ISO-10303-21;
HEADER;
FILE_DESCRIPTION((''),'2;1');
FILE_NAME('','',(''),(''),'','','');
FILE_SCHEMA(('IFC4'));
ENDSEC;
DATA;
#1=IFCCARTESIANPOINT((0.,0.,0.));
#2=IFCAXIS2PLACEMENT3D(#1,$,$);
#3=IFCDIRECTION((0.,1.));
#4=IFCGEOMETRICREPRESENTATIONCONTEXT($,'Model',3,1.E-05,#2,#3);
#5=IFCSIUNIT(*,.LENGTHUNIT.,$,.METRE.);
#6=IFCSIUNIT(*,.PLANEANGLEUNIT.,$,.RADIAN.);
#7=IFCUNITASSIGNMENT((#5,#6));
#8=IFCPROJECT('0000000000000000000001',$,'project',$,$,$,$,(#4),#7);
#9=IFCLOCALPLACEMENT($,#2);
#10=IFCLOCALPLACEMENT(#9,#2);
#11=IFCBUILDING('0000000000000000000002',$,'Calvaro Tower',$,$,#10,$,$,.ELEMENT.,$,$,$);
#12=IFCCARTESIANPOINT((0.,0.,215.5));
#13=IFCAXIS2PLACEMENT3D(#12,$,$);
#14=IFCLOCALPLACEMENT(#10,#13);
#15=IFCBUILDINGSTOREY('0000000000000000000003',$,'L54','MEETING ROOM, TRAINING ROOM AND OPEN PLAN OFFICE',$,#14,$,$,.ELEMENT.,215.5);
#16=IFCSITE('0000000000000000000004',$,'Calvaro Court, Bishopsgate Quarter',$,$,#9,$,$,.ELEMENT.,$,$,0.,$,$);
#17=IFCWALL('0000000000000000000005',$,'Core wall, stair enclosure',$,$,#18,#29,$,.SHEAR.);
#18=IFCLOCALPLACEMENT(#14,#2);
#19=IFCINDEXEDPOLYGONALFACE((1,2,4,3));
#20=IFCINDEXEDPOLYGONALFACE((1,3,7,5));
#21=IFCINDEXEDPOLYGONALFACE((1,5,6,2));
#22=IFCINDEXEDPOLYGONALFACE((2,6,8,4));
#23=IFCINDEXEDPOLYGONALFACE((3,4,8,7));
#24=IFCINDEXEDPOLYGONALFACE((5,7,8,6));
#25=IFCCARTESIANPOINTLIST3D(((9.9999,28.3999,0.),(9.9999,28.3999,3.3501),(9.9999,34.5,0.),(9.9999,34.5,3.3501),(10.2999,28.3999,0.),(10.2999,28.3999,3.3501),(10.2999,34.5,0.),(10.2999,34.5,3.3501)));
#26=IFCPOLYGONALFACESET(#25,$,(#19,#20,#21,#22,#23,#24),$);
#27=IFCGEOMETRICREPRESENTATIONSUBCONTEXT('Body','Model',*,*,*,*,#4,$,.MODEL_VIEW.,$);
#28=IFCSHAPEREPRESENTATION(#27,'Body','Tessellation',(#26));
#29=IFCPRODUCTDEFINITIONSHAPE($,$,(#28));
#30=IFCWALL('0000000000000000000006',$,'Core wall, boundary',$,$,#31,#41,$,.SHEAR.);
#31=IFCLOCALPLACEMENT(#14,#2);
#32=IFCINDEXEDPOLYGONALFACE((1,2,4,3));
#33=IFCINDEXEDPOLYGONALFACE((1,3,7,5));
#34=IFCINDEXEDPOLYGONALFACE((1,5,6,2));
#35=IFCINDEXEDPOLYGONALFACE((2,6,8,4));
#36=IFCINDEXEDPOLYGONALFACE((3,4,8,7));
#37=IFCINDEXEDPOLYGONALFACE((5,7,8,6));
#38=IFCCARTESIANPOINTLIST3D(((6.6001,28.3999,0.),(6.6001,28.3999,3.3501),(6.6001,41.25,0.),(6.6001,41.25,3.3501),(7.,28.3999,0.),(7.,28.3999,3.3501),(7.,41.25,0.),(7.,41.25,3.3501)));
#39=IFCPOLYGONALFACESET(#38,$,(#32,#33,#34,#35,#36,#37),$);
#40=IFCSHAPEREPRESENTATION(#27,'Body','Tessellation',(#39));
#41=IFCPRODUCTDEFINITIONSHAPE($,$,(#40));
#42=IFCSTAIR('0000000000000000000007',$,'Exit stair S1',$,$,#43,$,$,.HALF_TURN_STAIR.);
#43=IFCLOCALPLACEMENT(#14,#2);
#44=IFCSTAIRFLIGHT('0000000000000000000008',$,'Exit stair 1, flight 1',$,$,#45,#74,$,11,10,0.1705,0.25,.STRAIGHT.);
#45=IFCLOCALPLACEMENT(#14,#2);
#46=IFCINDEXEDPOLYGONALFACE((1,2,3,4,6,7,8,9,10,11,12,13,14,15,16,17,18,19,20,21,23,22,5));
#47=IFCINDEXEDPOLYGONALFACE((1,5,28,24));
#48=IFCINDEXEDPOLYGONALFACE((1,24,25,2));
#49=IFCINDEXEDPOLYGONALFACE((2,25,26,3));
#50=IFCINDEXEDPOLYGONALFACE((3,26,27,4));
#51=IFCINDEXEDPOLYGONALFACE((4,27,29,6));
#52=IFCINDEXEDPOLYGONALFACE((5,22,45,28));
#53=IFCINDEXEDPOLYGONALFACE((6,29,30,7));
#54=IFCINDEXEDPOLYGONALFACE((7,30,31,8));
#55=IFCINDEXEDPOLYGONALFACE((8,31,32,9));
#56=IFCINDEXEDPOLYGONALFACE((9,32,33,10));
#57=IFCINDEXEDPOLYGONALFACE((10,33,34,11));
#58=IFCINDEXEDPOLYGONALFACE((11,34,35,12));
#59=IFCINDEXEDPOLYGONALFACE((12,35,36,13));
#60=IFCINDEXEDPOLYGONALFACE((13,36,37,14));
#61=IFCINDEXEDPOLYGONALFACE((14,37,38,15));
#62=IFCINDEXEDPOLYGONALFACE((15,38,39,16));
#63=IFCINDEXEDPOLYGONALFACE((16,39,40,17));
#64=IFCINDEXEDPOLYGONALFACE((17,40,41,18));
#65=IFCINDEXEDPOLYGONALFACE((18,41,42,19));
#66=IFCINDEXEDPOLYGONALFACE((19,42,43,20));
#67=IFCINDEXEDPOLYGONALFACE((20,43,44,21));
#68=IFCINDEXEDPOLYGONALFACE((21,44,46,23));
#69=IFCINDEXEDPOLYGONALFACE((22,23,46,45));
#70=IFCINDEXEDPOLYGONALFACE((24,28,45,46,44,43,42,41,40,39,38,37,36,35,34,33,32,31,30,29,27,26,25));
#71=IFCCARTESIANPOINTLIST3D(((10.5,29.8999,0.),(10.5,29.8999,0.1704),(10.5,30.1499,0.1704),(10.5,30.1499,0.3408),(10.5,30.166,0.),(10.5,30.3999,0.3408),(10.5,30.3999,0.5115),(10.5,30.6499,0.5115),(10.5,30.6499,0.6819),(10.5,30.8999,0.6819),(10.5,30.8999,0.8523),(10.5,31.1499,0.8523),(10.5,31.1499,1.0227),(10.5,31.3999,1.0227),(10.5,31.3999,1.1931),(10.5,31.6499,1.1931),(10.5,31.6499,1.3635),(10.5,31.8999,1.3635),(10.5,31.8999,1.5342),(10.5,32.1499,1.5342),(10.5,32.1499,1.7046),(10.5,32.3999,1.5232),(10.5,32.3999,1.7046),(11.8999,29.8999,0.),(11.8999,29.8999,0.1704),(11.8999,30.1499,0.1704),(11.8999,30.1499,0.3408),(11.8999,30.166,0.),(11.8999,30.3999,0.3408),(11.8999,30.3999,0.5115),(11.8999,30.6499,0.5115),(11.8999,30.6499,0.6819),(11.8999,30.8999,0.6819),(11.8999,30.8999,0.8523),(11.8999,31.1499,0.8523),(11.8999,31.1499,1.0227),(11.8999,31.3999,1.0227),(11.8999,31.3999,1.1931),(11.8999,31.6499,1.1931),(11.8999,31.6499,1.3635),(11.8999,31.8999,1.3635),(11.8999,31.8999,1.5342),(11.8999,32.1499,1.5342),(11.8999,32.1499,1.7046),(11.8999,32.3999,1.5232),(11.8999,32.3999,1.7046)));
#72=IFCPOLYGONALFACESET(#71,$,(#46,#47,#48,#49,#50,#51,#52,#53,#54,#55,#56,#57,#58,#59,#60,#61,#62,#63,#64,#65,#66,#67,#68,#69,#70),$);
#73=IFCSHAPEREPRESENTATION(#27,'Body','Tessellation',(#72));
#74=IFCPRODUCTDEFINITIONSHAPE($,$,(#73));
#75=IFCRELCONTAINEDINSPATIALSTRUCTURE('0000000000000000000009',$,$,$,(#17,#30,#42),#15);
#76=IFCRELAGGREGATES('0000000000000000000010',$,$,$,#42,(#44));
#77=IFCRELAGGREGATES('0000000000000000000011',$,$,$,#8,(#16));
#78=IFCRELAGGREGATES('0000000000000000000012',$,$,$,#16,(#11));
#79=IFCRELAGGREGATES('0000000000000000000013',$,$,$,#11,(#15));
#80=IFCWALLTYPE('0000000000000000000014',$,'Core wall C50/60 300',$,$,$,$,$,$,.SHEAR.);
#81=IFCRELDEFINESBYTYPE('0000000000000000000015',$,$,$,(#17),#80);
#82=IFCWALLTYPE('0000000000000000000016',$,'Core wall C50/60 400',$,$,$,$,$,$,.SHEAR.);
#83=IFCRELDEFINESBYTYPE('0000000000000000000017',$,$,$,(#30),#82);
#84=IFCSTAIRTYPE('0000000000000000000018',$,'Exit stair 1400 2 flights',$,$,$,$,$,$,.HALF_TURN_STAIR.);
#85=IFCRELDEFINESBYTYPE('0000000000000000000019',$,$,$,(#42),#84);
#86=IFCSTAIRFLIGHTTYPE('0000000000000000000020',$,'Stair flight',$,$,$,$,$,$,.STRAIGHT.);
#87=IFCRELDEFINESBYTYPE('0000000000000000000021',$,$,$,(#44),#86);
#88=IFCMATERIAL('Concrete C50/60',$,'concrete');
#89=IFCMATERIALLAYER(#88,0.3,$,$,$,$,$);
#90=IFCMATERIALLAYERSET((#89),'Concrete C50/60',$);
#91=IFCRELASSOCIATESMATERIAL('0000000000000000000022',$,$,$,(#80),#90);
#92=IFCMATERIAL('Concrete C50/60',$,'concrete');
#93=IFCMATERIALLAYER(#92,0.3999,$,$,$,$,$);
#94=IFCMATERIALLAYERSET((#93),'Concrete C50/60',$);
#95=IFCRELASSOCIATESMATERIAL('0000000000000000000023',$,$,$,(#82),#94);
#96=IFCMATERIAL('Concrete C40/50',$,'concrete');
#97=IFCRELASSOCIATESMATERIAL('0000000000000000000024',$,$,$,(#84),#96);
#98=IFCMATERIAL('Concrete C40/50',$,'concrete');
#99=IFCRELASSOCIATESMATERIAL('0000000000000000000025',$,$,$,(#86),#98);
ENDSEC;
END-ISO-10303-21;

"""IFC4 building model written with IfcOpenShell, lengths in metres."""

from ifc_helpers import new_model, si_unit, direction, frame, frame_2d, origin, place, context, subcontext, project, spatial, polyline, rectangle, outline, extrude, material, layer, layer_set, type_object, element, aggregate, save


model = new_model("IFC4")

# Units and contexts
model_context = context("Model", 3, precision=1e-05, world=origin(), true_north=direction((0.0, 1.0)))
body_context = subcontext(model_context, "Body", "Model", "MODEL_VIEW")
ifc_project = project(units=[si_unit("LENGTHUNIT", "METRE"), si_unit("PLANEANGLEUNIT", "RADIAN")], contexts=[model_context])

# Site, building, storey
site_placement = place(None, origin())
site = spatial("IfcSite", under=ifc_project, at=site_placement, Name="Calvaro Court, Bishopsgate Quarter", CompositionType="ELEMENT", RefElevation=0.0)
building_placement = place(site_placement, origin())
building = spatial("IfcBuilding", under=site, at=building_placement, Name="Calvaro Tower", CompositionType="ELEMENT")
storey_placement = place(building_placement, frame((0.0, 0.0, 215.5)))
storey = spatial("IfcBuildingStorey", under=building, at=storey_placement, Name="L54", Description="MEETING ROOM, TRAINING ROOM AND OPEN PLAN OFFICE", CompositionType="ELEMENT", Elevation=215.5)

# Walls
ifc_material_1 = material(Name="Concrete C50/60", Category="concrete")
ifc_layer_1 = layer(ifc_material_1, 0.3)
ifc_layer_set_1 = layer_set([ifc_layer_1], Name="Concrete C50/60")
wall_type_1 = type_object("IfcWallType", Name="Core wall C50/60 300", PredefinedType="SHEAR", material=ifc_layer_set_1)
wall_1_placement = place(storey_placement, frame((10.1499, 28.3999, 0.0), z_axis=(0.0, 0.0, 1.0), x_axis=(0.0, 1.0, 0.0)))
element("IfcWall", 1, at=wall_1_placement, inside=storey, type_object=wall_type_1, Name="Core wall, stair enclosure", PredefinedType="SHEAR", context=body_context, shape_type="SweptSolid", body=[
    extrude(rectangle(XDim=6.1001, YDim=0.3, at=frame_2d((3.05, 0.0))), origin(), (0.0, 0.0, 1.0), 3.3501),
])
ifc_material_2 = material(Name="Concrete C50/60", Category="concrete")
ifc_layer_2 = layer(ifc_material_2, 0.3999)
ifc_layer_set_2 = layer_set([ifc_layer_2], Name="Concrete C50/60")
wall_type_2 = type_object("IfcWallType", Name="Core wall C50/60 400", PredefinedType="SHEAR", material=ifc_layer_set_2)
wall_2_placement = place(storey_placement, frame((6.8, 28.3999, 0.0), z_axis=(0.0, 0.0, 1.0), x_axis=(0.0, 1.0, 0.0)))
element("IfcWall", 2, at=wall_2_placement, inside=storey, type_object=wall_type_2, Name="Core wall, boundary", PredefinedType="SHEAR", context=body_context, shape_type="SweptSolid", body=[
    extrude(rectangle(XDim=12.8501, YDim=0.3999, at=frame_2d((6.425, 0.0))), origin(), (0.0, 0.0, 1.0), 3.3501),
])

# Stair, stair flight
ifc_material_3 = material(Name="Concrete C40/50", Category="concrete")
stair_type = type_object("IfcStairType", Name="Exit stair 1400 2 flights", PredefinedType="HALF_TURN_STAIR", material=ifc_material_3)
stair_placement = place(storey_placement, origin())
stair = element("IfcStair", 3, at=stair_placement, inside=storey, type_object=stair_type, Name="Exit stair S1", PredefinedType="HALF_TURN_STAIR")
ifc_material_4 = material(Name="Concrete C40/50", Category="concrete")
stair_flight_type = type_object("IfcStairFlightType", Name="Stair flight", PredefinedType="STRAIGHT", material=ifc_material_4)
stair_flight_placement = place(storey_placement, frame((11.2, 29.8999, 0.0), z_axis=(0.0, 0.0, 1.0), x_axis=(0.0, 1.0, 0.0)))
stair_flight = element("IfcStairFlight", 4, at=stair_flight_placement, type_object=stair_flight_type, Name="Exit stair 1, flight 1", NumberOfRisers=11, NumberOfTreads=10, PredefinedType="STRAIGHT", RiserHeight=0.1705, TreadLength=0.25, context=body_context, shape_type="SweptSolid", body=[
    extrude(outline(polyline([(0.0, 0.0), (0.0, 0.1704), (0.25, 0.1704), (0.25, 0.3408), (0.5, 0.3408), (0.5, 0.5115), (0.75, 0.5115), (0.75, 0.6819), (1.0, 0.6819), (1.0, 0.8523), (1.25, 0.8523), (1.25, 1.0227), (1.5, 1.0227), (1.5, 1.1931), (1.75, 1.1931), (1.75, 1.3635), (2.0, 1.3635), (2.0, 1.5342), (2.25, 1.5342), (2.25, 1.7046), (2.5, 1.7046), (2.5, 1.875), (2.5, 1.5232), (0.2661, 0.0), (0.0, 0.0)])), frame((0.0, 0.7, 0.0), z_axis=(0.0, -1.0, 0.0), x_axis=(1.0, 0.0, 0.0)), (0.0, 0.0, 1.0), 1.3999),
])
aggregate(stair, [stair_flight])

save(model, "model.ifc")
